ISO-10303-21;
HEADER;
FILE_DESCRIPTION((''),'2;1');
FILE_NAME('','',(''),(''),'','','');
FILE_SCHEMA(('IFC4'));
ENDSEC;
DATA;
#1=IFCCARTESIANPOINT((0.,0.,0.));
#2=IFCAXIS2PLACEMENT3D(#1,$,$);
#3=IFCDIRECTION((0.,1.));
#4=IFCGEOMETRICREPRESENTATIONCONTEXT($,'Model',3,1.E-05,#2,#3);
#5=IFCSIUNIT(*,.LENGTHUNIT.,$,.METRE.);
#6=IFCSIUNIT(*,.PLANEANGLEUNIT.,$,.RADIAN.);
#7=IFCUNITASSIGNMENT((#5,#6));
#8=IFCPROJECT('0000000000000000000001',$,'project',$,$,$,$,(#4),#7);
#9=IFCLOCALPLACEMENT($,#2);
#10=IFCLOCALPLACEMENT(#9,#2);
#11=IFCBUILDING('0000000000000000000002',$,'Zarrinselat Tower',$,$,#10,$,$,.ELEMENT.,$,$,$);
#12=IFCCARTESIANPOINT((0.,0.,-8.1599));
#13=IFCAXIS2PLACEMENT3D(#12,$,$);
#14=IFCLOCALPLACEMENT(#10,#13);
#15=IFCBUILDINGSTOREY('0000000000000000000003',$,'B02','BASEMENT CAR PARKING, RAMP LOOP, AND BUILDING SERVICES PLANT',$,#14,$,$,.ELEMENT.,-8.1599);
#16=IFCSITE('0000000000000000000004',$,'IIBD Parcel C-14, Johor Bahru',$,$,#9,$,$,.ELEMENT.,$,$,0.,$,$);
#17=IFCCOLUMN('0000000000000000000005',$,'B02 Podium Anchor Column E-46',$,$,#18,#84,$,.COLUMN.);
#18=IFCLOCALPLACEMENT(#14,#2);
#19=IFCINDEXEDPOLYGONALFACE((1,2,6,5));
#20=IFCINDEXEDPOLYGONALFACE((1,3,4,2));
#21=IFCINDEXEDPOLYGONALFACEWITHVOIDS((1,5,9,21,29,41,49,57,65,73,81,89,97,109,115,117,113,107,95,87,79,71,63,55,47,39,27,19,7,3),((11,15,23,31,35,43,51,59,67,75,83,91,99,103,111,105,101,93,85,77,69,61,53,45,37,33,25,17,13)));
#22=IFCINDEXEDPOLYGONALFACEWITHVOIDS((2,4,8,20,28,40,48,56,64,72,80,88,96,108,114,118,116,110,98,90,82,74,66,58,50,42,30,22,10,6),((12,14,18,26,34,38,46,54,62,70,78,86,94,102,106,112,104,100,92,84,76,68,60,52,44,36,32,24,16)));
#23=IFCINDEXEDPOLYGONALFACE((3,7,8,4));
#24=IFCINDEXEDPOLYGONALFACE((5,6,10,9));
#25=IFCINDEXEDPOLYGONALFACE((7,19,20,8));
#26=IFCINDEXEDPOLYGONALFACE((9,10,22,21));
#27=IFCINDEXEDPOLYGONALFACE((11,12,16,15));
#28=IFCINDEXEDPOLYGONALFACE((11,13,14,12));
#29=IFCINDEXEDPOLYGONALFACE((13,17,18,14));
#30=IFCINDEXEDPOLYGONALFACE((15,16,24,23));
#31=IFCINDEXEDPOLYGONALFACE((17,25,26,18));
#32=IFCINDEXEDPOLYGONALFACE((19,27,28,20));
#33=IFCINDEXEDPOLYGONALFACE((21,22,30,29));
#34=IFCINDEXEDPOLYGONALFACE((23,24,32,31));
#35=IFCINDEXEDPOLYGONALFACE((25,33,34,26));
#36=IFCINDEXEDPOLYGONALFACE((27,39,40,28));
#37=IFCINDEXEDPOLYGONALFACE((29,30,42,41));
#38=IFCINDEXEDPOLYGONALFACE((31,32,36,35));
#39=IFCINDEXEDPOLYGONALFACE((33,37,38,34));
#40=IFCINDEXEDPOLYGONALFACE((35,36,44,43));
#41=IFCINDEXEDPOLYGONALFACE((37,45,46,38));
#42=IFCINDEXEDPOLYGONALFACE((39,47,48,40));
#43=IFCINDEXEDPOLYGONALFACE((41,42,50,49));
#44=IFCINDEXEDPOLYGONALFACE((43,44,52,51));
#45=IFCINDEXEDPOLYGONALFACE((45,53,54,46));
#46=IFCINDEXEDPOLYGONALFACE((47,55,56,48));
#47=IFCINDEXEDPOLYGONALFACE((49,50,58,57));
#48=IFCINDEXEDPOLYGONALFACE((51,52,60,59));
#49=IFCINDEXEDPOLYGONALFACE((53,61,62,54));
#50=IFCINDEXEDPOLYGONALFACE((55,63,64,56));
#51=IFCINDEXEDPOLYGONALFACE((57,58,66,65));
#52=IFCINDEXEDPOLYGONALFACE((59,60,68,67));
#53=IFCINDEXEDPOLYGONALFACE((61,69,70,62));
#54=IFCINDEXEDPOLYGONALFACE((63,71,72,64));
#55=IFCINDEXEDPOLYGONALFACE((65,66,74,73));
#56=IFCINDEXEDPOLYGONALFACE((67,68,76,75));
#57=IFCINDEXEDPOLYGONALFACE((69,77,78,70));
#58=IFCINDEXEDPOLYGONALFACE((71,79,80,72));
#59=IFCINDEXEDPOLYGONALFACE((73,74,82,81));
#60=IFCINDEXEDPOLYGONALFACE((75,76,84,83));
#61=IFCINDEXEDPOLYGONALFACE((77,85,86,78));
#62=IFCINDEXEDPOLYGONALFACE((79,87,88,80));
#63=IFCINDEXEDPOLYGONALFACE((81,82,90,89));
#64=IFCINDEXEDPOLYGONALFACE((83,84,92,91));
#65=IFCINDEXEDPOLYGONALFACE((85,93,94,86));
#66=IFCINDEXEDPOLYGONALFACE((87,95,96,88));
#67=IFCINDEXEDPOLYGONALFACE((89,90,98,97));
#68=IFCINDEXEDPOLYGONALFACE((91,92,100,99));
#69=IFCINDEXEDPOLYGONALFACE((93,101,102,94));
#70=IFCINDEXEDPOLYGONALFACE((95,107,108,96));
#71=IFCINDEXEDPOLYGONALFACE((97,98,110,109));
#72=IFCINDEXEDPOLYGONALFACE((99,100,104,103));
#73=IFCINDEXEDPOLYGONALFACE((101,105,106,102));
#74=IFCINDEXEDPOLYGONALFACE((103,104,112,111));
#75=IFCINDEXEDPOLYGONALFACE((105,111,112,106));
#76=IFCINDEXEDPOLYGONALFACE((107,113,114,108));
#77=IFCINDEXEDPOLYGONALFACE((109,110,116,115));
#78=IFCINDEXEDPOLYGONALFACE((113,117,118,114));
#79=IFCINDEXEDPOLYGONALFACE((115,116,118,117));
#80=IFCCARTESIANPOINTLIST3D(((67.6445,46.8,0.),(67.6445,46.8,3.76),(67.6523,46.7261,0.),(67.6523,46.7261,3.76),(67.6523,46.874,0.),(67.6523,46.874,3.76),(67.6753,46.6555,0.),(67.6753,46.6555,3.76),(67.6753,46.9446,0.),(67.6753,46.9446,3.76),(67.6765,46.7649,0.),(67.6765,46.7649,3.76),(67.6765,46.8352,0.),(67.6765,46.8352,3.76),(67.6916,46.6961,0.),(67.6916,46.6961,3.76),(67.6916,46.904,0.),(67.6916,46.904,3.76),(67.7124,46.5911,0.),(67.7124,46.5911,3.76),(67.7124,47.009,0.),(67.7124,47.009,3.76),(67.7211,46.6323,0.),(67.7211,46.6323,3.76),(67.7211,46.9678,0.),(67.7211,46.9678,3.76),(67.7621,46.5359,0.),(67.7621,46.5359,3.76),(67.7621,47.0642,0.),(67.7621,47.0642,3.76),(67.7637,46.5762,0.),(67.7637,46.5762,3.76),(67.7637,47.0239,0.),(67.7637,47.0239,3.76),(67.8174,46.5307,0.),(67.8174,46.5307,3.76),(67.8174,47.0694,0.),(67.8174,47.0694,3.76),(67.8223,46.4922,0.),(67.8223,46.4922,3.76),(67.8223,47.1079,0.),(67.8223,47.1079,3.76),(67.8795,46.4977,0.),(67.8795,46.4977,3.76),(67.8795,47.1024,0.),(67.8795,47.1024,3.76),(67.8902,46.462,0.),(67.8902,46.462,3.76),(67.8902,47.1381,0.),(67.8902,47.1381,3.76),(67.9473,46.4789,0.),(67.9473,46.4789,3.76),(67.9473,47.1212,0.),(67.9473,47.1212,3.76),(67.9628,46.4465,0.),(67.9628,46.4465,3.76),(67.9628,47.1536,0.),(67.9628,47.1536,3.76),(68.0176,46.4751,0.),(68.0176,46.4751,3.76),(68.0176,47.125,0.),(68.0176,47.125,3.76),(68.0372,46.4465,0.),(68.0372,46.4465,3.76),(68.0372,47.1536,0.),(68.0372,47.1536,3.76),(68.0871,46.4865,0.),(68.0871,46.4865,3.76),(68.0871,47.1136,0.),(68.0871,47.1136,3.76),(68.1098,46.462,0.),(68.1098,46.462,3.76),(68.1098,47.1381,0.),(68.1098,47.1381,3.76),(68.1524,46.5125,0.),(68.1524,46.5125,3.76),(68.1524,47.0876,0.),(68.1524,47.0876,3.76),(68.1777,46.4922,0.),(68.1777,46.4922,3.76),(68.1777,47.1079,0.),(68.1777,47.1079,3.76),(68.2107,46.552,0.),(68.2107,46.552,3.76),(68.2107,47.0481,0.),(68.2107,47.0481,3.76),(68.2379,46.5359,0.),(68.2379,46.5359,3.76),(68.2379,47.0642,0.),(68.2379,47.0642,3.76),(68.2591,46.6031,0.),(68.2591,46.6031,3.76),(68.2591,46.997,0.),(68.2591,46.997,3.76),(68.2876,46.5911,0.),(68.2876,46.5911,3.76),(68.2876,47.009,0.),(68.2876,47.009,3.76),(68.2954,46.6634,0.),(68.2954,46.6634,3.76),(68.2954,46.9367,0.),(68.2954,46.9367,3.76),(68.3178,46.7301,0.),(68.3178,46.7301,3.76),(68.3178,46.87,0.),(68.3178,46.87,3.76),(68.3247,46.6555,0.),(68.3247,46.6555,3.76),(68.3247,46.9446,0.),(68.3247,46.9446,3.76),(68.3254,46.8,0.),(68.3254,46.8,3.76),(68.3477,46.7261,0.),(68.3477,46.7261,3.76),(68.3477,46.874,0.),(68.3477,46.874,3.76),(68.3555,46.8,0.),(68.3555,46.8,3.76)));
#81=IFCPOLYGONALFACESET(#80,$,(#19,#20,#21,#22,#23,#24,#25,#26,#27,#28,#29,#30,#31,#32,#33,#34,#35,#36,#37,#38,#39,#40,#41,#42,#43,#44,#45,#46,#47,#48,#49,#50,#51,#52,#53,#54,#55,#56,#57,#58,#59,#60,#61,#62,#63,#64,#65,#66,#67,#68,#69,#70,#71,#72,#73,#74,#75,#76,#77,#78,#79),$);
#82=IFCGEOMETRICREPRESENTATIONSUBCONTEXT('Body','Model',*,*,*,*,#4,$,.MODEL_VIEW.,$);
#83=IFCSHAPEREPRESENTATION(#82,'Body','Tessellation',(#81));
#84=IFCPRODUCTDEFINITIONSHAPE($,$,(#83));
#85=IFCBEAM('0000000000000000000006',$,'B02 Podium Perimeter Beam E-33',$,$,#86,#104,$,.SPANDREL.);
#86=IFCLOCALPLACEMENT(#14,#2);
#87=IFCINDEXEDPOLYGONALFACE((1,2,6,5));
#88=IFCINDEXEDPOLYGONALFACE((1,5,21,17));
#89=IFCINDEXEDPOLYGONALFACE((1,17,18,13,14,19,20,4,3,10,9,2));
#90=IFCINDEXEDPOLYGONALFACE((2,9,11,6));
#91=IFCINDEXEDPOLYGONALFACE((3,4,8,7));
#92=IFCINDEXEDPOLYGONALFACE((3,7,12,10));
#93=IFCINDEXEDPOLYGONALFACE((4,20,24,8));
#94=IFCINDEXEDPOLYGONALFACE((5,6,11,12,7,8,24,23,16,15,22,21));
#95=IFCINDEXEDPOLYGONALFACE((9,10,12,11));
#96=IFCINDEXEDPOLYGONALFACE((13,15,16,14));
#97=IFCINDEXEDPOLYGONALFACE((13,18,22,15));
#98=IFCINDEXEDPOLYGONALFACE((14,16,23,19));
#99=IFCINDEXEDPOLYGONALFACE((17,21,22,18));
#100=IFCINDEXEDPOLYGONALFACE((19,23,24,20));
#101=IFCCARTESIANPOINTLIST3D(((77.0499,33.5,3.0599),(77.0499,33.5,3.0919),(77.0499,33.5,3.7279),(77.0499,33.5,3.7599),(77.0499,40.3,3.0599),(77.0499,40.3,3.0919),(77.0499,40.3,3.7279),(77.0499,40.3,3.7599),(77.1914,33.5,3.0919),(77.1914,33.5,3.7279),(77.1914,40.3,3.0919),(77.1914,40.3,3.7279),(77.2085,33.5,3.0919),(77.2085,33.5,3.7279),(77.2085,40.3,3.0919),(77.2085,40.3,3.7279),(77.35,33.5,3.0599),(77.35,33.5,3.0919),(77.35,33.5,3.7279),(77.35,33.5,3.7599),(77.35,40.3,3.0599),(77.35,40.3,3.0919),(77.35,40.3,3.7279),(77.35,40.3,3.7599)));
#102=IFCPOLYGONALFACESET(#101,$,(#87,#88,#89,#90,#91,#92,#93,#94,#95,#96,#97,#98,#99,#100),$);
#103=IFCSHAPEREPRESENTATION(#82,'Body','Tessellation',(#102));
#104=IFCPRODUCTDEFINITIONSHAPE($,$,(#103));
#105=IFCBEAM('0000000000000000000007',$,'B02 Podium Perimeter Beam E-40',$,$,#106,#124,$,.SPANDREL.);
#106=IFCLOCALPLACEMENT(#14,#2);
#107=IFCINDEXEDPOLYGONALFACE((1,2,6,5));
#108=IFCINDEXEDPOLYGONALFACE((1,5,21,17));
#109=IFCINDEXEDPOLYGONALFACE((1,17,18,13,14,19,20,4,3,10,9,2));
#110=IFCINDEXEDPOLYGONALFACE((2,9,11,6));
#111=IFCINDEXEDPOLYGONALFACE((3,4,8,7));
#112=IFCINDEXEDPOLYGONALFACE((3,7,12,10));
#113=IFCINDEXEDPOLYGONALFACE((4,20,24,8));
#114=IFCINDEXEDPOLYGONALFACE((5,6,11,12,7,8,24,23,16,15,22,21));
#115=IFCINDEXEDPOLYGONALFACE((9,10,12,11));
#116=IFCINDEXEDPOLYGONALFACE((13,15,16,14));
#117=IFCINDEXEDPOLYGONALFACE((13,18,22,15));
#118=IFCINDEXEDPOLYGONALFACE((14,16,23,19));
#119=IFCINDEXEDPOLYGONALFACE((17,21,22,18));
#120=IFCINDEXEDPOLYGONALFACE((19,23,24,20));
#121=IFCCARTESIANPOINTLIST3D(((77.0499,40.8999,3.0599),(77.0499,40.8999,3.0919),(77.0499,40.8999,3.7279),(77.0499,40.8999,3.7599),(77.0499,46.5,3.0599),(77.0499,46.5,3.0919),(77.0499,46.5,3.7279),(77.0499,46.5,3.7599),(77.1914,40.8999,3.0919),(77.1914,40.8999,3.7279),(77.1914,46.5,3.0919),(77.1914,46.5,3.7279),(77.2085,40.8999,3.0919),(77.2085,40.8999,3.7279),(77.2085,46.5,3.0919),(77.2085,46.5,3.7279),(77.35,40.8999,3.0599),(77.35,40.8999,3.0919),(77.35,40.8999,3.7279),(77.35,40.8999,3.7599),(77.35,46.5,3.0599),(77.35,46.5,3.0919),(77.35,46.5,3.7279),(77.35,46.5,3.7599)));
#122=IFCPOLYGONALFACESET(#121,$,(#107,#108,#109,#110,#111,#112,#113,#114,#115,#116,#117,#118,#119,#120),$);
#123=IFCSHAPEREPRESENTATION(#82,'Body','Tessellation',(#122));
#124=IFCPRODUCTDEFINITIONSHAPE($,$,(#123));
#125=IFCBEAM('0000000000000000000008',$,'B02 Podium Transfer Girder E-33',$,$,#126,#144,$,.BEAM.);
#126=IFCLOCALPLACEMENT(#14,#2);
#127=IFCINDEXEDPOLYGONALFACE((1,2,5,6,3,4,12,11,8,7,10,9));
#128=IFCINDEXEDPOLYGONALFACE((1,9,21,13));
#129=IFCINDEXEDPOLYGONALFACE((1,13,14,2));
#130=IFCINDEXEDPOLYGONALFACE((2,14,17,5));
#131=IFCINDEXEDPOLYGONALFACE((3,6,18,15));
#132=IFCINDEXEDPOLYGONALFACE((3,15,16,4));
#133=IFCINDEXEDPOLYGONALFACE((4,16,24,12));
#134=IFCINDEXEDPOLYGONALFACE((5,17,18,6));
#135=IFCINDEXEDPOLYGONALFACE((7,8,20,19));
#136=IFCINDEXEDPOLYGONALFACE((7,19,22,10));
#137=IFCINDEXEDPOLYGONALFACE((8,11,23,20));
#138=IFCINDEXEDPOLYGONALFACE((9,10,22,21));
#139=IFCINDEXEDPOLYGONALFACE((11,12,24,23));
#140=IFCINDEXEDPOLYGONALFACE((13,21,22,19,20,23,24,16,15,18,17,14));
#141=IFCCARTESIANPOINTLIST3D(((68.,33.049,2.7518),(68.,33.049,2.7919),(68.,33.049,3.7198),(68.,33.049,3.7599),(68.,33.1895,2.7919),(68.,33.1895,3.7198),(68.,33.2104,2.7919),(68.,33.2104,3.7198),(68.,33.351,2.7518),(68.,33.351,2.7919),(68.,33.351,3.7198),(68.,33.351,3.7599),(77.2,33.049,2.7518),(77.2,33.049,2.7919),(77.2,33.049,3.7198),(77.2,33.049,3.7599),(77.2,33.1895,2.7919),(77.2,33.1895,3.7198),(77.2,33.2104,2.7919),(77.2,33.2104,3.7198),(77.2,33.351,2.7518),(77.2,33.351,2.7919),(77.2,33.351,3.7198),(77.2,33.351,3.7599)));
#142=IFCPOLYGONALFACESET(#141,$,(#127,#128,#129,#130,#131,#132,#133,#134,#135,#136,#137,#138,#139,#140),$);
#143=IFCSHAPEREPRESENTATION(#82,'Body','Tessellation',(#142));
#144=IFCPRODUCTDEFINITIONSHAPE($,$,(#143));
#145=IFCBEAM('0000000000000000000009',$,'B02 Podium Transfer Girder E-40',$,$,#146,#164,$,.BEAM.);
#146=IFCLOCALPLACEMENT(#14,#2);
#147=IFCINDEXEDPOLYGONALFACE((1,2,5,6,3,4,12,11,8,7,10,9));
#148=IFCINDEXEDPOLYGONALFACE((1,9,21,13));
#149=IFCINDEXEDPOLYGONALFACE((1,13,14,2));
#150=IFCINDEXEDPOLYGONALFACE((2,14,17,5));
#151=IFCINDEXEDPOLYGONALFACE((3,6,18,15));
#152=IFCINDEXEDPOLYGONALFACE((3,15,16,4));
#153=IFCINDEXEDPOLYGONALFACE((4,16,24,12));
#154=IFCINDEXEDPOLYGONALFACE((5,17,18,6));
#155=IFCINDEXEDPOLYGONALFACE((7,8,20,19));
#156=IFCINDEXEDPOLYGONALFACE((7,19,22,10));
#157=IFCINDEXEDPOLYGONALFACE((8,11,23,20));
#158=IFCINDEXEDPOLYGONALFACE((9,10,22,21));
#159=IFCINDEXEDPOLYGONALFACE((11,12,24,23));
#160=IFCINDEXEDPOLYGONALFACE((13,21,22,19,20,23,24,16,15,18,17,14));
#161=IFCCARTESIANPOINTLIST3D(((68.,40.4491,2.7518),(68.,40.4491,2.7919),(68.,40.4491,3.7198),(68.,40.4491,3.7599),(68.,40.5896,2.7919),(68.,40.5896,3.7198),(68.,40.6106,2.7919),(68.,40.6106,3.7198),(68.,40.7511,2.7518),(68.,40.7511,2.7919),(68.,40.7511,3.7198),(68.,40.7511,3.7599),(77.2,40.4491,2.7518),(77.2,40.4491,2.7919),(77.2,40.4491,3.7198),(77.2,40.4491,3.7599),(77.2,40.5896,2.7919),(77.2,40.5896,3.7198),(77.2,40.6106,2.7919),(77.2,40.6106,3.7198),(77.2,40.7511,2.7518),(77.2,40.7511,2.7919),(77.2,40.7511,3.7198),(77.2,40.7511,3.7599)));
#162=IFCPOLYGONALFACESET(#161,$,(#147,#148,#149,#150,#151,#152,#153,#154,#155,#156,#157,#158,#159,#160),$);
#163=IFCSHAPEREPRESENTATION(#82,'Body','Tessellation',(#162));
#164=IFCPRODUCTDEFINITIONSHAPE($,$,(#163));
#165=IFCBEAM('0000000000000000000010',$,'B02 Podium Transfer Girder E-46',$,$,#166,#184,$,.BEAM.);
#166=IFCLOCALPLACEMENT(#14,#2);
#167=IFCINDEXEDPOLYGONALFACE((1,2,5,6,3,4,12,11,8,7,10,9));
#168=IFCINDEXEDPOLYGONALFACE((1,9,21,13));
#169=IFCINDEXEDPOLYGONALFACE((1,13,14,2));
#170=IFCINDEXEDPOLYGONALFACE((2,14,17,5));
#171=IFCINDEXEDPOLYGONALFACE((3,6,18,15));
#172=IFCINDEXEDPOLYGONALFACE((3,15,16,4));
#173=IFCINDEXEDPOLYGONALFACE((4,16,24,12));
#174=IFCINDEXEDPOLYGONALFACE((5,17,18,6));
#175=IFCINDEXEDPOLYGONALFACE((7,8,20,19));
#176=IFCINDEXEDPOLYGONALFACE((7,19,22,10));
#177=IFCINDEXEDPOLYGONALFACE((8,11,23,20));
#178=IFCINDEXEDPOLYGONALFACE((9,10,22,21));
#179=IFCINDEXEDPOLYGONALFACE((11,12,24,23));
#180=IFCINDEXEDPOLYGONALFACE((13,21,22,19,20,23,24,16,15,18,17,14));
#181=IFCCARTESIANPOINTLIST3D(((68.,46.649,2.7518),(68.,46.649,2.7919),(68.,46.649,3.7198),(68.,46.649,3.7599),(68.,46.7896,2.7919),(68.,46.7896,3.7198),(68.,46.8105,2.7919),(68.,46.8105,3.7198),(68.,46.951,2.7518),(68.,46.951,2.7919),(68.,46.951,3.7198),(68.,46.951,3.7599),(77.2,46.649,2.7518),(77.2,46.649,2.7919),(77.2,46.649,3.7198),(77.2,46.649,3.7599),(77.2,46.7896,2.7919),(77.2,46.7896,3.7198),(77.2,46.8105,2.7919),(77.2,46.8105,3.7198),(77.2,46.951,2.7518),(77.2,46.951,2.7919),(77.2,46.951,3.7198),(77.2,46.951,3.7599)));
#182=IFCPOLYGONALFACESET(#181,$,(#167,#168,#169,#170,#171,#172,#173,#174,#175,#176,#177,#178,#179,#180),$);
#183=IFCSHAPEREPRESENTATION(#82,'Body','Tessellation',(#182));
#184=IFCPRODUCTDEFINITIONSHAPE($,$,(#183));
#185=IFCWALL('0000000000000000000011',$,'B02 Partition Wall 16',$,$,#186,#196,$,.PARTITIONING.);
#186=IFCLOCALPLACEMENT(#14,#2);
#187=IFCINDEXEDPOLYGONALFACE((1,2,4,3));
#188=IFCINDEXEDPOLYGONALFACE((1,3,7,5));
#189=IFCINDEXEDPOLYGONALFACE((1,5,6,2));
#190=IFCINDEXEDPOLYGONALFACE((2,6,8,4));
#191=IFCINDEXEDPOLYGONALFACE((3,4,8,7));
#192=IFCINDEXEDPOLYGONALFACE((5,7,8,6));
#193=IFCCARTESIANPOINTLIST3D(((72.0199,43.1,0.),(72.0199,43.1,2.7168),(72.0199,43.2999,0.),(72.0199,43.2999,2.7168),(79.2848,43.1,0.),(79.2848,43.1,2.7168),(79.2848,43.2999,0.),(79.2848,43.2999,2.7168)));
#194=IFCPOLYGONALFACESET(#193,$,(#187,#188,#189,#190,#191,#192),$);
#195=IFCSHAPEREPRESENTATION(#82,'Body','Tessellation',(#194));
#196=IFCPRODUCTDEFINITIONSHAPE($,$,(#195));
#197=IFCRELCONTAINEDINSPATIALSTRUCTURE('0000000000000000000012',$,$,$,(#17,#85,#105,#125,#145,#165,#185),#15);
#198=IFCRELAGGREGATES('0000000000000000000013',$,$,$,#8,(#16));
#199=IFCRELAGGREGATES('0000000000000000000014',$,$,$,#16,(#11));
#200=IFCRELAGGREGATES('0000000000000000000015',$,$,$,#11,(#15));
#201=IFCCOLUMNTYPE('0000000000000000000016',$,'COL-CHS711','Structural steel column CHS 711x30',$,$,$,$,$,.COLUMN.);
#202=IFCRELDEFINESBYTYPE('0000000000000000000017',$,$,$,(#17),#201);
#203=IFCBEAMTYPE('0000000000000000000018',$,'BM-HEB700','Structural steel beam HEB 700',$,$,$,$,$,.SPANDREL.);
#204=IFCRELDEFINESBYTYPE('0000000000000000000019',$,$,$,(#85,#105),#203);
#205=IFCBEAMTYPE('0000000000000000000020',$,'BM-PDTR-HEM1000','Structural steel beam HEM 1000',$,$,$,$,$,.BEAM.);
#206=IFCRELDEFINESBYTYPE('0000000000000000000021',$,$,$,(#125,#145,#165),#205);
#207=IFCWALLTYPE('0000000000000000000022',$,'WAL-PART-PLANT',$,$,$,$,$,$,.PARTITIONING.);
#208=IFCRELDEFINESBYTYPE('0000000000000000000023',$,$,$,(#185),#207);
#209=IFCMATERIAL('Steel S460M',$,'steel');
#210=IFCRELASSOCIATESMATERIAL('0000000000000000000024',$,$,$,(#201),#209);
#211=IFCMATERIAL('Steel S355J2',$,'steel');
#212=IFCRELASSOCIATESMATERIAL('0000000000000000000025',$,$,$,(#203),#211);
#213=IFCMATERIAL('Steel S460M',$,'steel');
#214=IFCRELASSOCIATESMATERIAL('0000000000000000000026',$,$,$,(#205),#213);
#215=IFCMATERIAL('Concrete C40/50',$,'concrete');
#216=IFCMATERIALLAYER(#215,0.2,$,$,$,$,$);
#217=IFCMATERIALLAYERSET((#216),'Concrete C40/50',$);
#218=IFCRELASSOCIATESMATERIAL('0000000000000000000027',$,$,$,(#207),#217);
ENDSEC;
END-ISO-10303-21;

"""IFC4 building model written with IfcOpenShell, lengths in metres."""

from ifc_helpers import new_model, si_unit, direction, frame, frame_2d, origin, origin_2d, place, context, subcontext, project, spatial, rectangle, hollow_circle, i_section, extrude, material, layer, layer_set, material_profile, profile_set, type_object, element, save


model = new_model("IFC4")

# Units and contexts
model_context = context("Model", 3, precision=1e-05, world=origin(), true_north=direction((0.0, 1.0)))
body_context = subcontext(model_context, "Body", "Model", "MODEL_VIEW")
ifc_project = project(units=[si_unit("LENGTHUNIT", "METRE"), si_unit("PLANEANGLEUNIT", "RADIAN")], contexts=[model_context])

# Site, building, storey
site_placement = place(None, origin())
site = spatial("IfcSite", under=ifc_project, at=site_placement, Name="IIBD Parcel C-14, Johor Bahru", CompositionType="ELEMENT", RefElevation=0.0)
building_placement = place(site_placement, origin())
building = spatial("IfcBuilding", under=site, at=building_placement, Name="Zarrinselat Tower", CompositionType="ELEMENT")
storey_placement = place(building_placement, frame((0.0, 0.0, -8.1599)))
storey = spatial("IfcBuildingStorey", under=building, at=storey_placement, Name="B02", Description="BASEMENT CAR PARKING, RAMP LOOP, AND BUILDING SERVICES PLANT", CompositionType="ELEMENT", Elevation=-8.1599)

# Column
ifc_material_1 = material(Name="Steel S460M", Category="steel")
ifc_material_profile_1 = material_profile(ifc_material_1, hollow_circle(Radius=0.3555, WallThickness=0.03, at=origin_2d()), Name="CHS 711x30")
ifc_profile_set_1 = profile_set([ifc_material_profile_1], Name="Steel S460M")
column_type_1 = type_object("IfcColumnType", Name="COL-CHS711", Description="Structural steel column CHS 711x30", PredefinedType="COLUMN", material=ifc_profile_set_1)
for number, where, z_axis, x_axis, name in (
    (1, (68.0, 46.8, 0.0), (0.0, 0.0, 1.0), (1.0, 0.0, 0.0), "B02 Podium Anchor Column E-46"),
):
    element("IfcColumn", number, at=place(storey_placement, frame(where, z_axis=z_axis, x_axis=x_axis)), inside=storey, type_object=column_type_1, Name=name, PredefinedType="COLUMN", context=body_context, shape_type="SweptSolid", body=[
        extrude(hollow_circle(Radius=0.3555, WallThickness=0.03, at=origin_2d()), origin(), (0.0, 0.0, 1.0), 3.76),
    ])

# Beams
ifc_material_2 = material(Name="Steel S355J2", Category="steel")
ifc_material_profile_2 = material_profile(ifc_material_2, i_section(OverallWidth=0.3, OverallDepth=0.7, WebThickness=0.0171, FlangeThickness=0.032, at=origin_2d()), Name="HEB 700")
ifc_profile_set_2 = profile_set([ifc_material_profile_2], Name="Steel S355J2")
beam_type_1 = type_object("IfcBeamType", Name="BM-HEB700", Description="Structural steel beam HEB 700", PredefinedType="SPANDREL", material=ifc_profile_set_2)
beam_1_placement = place(storey_placement, frame((77.2, 33.5, 3.4099), z_axis=(0.0, 1.0, 0.0), x_axis=(-1.0, 0.0, 0.0)))
element("IfcBeam", 2, at=beam_1_placement, inside=storey, type_object=beam_type_1, Name="B02 Podium Perimeter Beam E-33", PredefinedType="SPANDREL", context=body_context, shape_type="SweptSolid", body=[
    extrude(i_section(OverallWidth=0.3, OverallDepth=0.7, WebThickness=0.0171, FlangeThickness=0.032, at=origin_2d()), origin(), (0.0, 0.0, 1.0), 6.8),
])
beam_2_placement = place(storey_placement, frame((77.2, 40.8999, 3.4099), z_axis=(0.0, 1.0, 0.0), x_axis=(-1.0, 0.0, 0.0)))
element("IfcBeam", 3, at=beam_2_placement, inside=storey, type_object=beam_type_1, Name="B02 Podium Perimeter Beam E-40", PredefinedType="SPANDREL", context=body_context, shape_type="SweptSolid", body=[
    extrude(i_section(OverallWidth=0.3, OverallDepth=0.7, WebThickness=0.0171, FlangeThickness=0.032, at=origin_2d()), origin(), (0.0, 0.0, 1.0), 5.6001),
])
ifc_material_3 = material(Name="Steel S460M", Category="steel")
ifc_material_profile_3 = material_profile(ifc_material_3, i_section(OverallWidth=0.302, OverallDepth=1.0081, WebThickness=0.021, FlangeThickness=0.04, at=origin_2d()), Name="HEM 1000")
ifc_profile_set_3 = profile_set([ifc_material_profile_3], Name="Steel S460M")
beam_type_2 = type_object("IfcBeamType", Name="BM-PDTR-HEM1000", Description="Structural steel beam HEM 1000", PredefinedType="BEAM", material=ifc_profile_set_3)
for number, where, z_axis, x_axis, name in (
    (4, (68.0, 33.2, 3.2559), (1.0, 0.0, 0.0), (0.0, 1.0, 0.0), "B02 Podium Transfer Girder E-33"),
    (5, (68.0, 40.6001, 3.2559), (1.0, 0.0, 0.0), (0.0, 1.0, 0.0), "B02 Podium Transfer Girder E-40"),
    (6, (68.0, 46.8, 3.2559), (1.0, 0.0, 0.0), (0.0, 1.0, 0.0), "B02 Podium Transfer Girder E-46"),
):
    element("IfcBeam", number, at=place(storey_placement, frame(where, z_axis=z_axis, x_axis=x_axis)), inside=storey, type_object=beam_type_2, Name=name, PredefinedType="BEAM", context=body_context, shape_type="SweptSolid", body=[
        extrude(i_section(OverallWidth=0.302, OverallDepth=1.0081, WebThickness=0.021, FlangeThickness=0.04, at=origin_2d()), origin(), (0.0, 0.0, 1.0), 9.2),
    ])

# Wall
ifc_material_4 = material(Name="Concrete C40/50", Category="concrete")
ifc_layer_1 = layer(ifc_material_4, 0.2)
ifc_layer_set_1 = layer_set([ifc_layer_1], Name="Concrete C40/50")
wall_type_1 = type_object("IfcWallType", Name="WAL-PART-PLANT", PredefinedType="PARTITIONING", material=ifc_layer_set_1)
wall_1_placement = place(storey_placement, frame((72.02, 43.2, 0.0), z_axis=(0.0, 0.0, 1.0), x_axis=(1.0, 0.0, 0.0)))
element("IfcWall", 7, at=wall_1_placement, inside=storey, type_object=wall_type_1, Name="B02 Partition Wall 16", PredefinedType="PARTITIONING", context=body_context, shape_type="SweptSolid", body=[
    extrude(rectangle(XDim=7.2649, YDim=0.2, at=frame_2d((3.6323, 0.0))), origin(), (0.0, 0.0, 1.0), 2.7168),
])

save(model, "model.ifc")
